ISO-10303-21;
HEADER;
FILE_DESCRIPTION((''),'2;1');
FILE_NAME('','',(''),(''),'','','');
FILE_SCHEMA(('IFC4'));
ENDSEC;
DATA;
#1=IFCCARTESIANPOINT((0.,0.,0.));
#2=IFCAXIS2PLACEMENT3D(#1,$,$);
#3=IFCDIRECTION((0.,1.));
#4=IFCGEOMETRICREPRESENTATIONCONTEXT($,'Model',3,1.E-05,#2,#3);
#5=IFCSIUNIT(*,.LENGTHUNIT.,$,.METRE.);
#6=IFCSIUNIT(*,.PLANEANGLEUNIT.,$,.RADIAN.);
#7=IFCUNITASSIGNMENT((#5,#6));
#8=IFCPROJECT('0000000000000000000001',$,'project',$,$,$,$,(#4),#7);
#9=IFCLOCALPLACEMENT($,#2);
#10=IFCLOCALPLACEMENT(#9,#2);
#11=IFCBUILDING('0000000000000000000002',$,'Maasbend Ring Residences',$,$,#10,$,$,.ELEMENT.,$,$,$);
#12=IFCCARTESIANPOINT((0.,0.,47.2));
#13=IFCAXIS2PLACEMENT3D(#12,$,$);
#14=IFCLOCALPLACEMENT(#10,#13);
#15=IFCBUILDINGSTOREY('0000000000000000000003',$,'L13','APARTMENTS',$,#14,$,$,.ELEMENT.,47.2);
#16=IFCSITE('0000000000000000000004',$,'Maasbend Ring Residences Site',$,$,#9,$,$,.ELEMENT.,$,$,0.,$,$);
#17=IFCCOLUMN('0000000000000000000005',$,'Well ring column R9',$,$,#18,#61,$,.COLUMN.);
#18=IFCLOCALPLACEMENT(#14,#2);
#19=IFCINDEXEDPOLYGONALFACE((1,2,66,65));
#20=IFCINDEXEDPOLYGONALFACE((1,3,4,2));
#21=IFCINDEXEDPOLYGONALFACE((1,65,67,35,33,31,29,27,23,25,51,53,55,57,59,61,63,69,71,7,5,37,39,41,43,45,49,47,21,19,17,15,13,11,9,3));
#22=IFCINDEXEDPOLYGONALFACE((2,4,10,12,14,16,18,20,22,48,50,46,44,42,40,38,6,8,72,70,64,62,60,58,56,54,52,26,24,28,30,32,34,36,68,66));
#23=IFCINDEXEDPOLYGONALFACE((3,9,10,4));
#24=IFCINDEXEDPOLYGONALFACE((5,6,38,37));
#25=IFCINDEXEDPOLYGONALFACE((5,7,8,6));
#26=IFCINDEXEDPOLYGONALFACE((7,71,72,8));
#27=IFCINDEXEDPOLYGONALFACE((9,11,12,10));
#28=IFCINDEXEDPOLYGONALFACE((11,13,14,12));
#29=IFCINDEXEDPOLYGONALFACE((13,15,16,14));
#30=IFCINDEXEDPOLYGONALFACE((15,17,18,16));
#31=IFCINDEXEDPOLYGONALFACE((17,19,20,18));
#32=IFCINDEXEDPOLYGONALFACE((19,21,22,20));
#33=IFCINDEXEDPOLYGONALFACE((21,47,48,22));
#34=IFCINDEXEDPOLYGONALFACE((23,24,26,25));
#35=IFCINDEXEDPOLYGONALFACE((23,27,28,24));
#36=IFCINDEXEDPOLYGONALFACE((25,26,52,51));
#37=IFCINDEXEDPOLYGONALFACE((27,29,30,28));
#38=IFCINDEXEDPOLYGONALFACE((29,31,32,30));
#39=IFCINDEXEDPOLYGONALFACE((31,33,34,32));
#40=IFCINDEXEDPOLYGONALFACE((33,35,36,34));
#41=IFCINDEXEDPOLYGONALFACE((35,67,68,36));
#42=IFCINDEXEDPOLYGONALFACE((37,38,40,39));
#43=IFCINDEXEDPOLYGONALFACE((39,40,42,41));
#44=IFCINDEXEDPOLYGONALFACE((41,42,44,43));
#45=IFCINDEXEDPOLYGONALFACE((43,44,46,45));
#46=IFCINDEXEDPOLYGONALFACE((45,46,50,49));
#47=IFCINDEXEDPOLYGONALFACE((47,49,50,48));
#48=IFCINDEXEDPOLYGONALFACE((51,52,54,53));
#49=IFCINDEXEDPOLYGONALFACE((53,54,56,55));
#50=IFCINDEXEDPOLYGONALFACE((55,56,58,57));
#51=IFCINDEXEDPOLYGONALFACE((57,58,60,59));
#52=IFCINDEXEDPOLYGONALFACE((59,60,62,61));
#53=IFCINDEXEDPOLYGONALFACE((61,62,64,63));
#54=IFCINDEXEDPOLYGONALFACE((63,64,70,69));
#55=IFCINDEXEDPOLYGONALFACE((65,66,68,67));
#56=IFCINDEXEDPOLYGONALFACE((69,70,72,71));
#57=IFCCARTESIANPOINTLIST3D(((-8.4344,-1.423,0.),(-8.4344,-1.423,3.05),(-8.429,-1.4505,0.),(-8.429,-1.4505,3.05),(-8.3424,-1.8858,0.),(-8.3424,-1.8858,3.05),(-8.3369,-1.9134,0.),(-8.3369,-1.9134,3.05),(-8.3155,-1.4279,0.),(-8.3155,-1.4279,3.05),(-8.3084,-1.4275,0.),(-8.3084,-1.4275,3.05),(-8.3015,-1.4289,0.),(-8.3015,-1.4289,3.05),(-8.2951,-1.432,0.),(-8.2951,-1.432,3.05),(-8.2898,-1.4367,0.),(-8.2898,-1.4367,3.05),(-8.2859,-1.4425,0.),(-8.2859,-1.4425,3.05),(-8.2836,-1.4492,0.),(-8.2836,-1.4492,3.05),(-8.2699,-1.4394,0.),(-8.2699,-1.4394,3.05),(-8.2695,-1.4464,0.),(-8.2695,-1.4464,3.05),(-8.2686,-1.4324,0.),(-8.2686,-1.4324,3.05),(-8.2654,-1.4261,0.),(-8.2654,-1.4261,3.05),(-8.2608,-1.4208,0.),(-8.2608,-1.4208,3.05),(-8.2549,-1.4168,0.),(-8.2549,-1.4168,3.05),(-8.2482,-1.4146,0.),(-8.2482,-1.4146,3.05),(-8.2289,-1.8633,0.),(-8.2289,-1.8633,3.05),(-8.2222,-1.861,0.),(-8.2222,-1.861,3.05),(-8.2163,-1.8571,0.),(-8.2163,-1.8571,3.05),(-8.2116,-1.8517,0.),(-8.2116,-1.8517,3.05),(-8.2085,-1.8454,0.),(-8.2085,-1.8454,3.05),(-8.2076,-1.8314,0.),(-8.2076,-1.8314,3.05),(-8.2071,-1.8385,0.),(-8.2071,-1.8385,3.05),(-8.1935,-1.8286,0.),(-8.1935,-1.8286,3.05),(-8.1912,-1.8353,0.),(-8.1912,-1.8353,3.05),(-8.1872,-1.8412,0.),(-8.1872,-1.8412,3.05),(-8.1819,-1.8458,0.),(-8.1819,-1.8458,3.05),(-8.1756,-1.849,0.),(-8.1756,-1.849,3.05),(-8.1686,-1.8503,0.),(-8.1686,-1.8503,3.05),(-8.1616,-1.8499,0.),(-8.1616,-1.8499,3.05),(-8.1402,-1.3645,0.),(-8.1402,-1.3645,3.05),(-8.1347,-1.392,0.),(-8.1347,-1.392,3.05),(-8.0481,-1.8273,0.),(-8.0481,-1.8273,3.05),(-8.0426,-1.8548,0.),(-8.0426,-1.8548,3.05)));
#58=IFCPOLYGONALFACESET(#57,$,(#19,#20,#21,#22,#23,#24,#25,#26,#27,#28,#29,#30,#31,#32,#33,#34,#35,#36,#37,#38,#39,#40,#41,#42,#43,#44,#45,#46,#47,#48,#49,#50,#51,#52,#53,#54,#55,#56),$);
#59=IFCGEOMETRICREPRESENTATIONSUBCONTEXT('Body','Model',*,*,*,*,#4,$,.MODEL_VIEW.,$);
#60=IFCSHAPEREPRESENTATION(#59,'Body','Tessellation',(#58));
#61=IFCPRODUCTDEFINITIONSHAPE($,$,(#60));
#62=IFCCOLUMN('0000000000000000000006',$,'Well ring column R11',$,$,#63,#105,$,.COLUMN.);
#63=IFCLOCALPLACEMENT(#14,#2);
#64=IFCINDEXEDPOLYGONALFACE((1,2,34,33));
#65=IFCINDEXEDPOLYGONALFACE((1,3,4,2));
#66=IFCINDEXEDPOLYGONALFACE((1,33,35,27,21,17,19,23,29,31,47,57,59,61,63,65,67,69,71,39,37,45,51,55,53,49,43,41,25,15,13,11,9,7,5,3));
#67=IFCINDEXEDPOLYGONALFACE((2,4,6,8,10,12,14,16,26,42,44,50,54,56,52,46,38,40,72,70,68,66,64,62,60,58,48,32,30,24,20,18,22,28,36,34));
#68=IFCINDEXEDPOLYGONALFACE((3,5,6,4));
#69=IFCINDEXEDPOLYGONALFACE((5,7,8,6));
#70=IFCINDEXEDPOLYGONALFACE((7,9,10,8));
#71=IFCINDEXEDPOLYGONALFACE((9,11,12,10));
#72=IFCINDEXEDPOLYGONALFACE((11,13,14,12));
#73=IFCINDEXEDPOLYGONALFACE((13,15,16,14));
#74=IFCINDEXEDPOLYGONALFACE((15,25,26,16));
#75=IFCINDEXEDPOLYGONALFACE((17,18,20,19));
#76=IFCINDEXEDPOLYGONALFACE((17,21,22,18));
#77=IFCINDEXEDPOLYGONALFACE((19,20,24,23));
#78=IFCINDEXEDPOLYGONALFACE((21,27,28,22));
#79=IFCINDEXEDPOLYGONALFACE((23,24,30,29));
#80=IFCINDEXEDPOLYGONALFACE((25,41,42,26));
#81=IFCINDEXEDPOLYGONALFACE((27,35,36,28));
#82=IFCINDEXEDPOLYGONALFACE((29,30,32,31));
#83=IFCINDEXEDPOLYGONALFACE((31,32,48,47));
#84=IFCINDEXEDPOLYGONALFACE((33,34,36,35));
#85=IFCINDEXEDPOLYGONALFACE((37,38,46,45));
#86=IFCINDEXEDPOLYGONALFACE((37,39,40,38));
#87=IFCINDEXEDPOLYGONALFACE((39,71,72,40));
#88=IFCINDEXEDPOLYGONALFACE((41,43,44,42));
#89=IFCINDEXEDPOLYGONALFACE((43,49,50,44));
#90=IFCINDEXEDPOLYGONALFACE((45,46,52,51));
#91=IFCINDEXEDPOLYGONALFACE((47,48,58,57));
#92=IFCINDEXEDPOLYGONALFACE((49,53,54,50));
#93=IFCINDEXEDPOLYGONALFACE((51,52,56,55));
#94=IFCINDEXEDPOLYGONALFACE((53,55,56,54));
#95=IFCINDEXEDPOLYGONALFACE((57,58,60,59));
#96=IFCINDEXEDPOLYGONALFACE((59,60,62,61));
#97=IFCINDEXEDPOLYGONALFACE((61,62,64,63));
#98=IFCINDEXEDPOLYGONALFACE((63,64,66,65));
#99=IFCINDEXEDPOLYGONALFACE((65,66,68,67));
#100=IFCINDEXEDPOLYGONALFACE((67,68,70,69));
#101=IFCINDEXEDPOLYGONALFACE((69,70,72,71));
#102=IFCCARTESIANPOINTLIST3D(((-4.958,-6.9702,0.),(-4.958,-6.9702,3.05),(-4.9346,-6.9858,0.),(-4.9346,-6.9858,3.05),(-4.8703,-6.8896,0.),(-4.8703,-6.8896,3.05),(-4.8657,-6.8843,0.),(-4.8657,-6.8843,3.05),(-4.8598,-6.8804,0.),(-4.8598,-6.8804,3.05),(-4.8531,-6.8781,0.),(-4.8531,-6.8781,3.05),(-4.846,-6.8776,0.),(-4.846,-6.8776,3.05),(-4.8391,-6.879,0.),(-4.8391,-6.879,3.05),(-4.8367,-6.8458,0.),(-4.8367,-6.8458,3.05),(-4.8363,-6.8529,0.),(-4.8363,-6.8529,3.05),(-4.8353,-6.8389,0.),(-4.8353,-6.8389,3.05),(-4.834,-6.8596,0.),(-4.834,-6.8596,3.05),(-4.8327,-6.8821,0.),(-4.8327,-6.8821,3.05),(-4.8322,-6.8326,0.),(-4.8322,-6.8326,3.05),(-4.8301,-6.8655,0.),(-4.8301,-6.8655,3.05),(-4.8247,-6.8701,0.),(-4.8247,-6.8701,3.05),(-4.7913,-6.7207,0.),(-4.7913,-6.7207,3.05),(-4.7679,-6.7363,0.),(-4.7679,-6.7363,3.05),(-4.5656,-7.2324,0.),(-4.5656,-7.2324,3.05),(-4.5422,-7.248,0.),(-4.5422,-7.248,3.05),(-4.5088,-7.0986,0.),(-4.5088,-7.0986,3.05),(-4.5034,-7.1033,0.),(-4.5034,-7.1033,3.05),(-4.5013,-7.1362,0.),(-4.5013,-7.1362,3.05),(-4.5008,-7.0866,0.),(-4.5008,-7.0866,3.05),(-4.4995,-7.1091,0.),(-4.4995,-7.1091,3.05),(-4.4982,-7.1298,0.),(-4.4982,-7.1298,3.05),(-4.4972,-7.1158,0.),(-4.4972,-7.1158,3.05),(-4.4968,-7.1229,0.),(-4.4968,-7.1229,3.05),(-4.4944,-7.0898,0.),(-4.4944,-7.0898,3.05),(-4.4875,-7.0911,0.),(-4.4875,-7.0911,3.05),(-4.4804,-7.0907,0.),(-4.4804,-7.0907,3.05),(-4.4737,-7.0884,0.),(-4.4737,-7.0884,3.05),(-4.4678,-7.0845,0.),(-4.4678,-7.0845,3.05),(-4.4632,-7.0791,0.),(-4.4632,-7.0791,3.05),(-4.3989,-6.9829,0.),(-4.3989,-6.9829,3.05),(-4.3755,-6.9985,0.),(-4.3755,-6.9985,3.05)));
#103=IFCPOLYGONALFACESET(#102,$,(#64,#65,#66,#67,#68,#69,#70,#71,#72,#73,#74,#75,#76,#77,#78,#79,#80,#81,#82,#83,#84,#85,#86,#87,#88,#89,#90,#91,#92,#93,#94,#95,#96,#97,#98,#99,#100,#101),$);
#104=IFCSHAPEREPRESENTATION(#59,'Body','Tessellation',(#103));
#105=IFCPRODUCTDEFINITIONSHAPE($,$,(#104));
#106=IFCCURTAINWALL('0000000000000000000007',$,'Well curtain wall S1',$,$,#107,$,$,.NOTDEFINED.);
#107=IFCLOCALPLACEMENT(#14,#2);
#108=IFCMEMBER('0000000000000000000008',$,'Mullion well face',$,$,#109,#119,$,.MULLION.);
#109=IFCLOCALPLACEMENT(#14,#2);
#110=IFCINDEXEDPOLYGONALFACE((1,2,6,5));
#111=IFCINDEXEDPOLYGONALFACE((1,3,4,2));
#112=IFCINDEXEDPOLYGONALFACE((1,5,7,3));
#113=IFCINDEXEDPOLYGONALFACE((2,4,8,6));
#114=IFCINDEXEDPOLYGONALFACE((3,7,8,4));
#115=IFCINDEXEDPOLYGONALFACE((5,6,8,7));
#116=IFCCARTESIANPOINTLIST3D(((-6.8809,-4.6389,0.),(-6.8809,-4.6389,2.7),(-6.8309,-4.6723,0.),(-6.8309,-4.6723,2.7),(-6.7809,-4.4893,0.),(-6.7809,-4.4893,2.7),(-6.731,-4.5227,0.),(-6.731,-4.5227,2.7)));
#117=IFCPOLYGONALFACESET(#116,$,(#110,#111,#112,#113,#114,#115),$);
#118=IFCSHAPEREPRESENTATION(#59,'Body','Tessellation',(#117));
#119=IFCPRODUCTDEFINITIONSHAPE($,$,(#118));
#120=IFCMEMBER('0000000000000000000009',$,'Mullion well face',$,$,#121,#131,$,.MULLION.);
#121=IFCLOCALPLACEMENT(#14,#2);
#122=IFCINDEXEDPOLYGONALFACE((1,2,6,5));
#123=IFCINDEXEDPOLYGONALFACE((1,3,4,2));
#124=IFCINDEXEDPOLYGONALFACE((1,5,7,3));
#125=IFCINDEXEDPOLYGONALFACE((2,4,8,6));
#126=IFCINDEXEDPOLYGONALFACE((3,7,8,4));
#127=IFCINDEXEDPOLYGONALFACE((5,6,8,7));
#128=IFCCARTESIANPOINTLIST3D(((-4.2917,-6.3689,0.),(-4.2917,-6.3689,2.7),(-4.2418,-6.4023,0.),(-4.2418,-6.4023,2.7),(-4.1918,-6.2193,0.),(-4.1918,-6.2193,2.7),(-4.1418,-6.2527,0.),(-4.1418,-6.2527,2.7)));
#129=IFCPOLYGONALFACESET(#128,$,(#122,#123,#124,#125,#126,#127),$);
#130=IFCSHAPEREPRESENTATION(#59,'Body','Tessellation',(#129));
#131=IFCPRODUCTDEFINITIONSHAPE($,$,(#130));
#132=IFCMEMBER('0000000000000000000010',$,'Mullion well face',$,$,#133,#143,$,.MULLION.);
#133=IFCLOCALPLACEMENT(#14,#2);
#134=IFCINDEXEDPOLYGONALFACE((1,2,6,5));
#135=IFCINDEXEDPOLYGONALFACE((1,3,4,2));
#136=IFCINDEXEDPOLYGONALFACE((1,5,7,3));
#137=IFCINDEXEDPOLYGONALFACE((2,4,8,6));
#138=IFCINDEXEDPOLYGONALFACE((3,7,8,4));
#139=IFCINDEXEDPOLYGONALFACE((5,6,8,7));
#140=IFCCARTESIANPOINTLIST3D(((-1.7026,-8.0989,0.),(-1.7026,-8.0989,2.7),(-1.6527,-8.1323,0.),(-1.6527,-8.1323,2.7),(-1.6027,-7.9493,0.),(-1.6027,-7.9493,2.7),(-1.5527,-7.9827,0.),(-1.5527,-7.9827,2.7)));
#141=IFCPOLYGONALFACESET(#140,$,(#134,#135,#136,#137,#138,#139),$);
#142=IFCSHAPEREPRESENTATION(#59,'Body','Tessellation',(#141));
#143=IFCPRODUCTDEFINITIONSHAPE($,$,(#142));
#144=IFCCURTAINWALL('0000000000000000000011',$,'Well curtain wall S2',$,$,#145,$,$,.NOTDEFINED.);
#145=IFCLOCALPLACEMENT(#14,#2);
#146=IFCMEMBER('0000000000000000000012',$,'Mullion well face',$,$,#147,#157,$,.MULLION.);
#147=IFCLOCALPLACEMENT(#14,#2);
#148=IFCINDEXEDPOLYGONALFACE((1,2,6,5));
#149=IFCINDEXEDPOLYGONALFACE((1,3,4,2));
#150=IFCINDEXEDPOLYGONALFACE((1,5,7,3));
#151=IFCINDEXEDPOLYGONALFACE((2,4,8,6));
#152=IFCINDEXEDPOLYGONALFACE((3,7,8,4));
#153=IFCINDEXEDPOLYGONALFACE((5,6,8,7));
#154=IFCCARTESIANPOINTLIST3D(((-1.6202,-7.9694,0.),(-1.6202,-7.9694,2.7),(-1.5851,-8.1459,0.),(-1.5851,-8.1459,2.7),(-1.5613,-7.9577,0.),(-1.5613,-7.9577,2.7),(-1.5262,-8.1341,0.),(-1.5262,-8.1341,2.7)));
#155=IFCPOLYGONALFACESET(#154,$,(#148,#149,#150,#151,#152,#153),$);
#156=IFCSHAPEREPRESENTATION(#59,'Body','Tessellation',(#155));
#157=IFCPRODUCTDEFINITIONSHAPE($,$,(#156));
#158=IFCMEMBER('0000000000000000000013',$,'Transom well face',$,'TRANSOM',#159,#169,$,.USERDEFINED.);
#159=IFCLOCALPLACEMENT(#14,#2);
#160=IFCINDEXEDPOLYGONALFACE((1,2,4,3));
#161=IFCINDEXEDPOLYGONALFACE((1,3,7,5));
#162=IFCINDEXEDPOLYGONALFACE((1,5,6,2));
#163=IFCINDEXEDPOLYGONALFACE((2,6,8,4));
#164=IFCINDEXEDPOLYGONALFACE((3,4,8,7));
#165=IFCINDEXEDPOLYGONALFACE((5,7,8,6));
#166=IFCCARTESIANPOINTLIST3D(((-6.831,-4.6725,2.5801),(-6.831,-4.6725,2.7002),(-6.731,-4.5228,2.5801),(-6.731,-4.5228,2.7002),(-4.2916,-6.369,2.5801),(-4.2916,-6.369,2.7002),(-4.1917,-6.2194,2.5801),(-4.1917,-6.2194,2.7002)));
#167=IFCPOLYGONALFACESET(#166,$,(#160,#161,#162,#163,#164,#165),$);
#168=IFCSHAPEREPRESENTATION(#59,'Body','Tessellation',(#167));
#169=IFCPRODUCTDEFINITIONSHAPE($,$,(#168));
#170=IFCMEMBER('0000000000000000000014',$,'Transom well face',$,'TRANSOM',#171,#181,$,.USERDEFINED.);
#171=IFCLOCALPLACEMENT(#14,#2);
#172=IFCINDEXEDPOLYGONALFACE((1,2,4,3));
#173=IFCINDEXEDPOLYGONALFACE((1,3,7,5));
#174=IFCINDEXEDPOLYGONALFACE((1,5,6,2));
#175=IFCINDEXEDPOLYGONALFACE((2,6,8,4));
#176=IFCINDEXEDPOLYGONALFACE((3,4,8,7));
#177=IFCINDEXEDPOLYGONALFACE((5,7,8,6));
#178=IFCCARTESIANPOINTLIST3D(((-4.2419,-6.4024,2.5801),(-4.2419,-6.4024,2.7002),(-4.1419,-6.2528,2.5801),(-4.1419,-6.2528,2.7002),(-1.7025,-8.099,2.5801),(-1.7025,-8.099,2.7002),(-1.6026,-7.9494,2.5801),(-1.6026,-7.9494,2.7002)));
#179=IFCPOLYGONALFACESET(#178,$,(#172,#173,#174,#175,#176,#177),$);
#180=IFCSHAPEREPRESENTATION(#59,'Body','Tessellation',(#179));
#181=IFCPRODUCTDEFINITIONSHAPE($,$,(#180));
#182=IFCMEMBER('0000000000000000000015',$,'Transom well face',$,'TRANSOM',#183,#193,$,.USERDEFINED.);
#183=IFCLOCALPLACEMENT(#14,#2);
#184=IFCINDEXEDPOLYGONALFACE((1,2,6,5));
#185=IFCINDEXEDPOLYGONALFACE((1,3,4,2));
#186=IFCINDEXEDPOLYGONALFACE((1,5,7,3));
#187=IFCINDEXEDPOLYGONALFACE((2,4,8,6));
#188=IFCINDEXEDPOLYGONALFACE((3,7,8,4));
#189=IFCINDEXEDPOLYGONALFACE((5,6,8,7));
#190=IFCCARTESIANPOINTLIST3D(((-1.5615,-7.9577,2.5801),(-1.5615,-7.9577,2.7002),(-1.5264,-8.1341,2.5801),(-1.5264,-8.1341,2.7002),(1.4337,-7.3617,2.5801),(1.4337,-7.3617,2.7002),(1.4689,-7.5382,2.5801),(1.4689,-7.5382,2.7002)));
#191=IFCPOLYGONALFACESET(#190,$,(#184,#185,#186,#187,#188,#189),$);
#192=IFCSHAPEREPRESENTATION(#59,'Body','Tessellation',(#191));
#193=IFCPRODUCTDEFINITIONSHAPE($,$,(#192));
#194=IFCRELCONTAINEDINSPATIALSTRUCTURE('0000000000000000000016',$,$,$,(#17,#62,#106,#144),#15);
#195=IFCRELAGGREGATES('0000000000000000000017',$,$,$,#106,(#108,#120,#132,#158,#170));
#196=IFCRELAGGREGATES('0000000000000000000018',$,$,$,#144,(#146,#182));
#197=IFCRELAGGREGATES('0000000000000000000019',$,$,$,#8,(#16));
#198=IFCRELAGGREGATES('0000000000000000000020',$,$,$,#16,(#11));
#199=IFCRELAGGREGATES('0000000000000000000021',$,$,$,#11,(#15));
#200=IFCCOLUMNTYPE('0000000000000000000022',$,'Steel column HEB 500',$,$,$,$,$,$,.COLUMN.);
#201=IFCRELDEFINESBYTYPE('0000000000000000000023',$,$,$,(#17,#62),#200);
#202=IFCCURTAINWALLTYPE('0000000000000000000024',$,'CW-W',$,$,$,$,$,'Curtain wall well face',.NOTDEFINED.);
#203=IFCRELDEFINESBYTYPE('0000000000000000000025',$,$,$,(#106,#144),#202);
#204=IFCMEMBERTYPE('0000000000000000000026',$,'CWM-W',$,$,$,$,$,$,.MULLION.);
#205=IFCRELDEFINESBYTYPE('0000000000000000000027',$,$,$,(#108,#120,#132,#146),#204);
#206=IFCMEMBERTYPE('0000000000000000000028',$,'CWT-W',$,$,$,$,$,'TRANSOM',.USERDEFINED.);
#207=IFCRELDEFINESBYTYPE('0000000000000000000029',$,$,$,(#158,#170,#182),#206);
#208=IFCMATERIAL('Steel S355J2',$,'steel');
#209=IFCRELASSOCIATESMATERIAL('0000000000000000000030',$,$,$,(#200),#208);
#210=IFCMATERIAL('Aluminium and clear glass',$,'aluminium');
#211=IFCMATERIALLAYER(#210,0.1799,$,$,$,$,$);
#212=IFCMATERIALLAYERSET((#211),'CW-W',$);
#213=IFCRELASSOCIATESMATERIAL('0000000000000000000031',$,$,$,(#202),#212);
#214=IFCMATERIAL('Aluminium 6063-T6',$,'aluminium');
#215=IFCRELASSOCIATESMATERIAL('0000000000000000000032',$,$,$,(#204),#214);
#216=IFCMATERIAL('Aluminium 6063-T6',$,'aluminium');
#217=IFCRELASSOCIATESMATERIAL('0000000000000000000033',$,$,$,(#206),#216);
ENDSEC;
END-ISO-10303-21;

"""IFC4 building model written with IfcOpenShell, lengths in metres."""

from ifc_helpers import new_model, si_unit, direction, frame, origin, origin_2d, place, context, subcontext, project, spatial, rectangle, i_section, extrude, material, layer, layer_set, material_profile, profile_set, type_object, element, aggregate, save


model = new_model("IFC4")

# Units and contexts
model_context = context("Model", 3, precision=1e-05, world=origin(), true_north=direction((0.0, 1.0)))
body_context = subcontext(model_context, "Body", "Model", "MODEL_VIEW")
ifc_project = project(units=[si_unit("LENGTHUNIT", "METRE"), si_unit("PLANEANGLEUNIT", "RADIAN")], contexts=[model_context])

# Site, building, storey
site_placement = place(None, origin())
site = spatial("IfcSite", under=ifc_project, at=site_placement, Name="Maasbend Ring Residences Site", CompositionType="ELEMENT", RefElevation=0.0)
building_placement = place(site_placement, origin())
building = spatial("IfcBuilding", under=site, at=building_placement, Name="Maasbend Ring Residences", CompositionType="ELEMENT")
storey_placement = place(building_placement, frame((0.0, 0.0, 47.2)))
storey = spatial("IfcBuildingStorey", under=building, at=storey_placement, Name="L13", Description="APARTMENTS", CompositionType="ELEMENT", Elevation=47.2)

# Columns
ifc_material_1 = material(Name="Steel S355J2", Category="steel")
ifc_material_profile_1 = material_profile(ifc_material_1, i_section(OverallWidth=0.3, OverallDepth=0.5, WebThickness=0.0144, FlangeThickness=0.0281, FilletRadius=0.0271, at=origin_2d()), Name="HEB 500")
ifc_profile_set_1 = profile_set([ifc_material_profile_1], Name="Steel S355J2")
column_type = type_object("IfcColumnType", Name="Steel column HEB 500", PredefinedType="COLUMN", material=ifc_profile_set_1)
for number, where, z_axis, x_axis, name in (
    (1, (-8.2385, -1.6389, 0.0), (0.0, 0.0, 1.0), (-0.980785, -0.19509, 0.0), "Well ring column R9"),
    (2, (-4.6667, -6.9844, 0.0), (0.0, 0.0, 1.0), (-0.55557, -0.83147, 0.0), "Well ring column R11"),
):
    element("IfcColumn", number, at=place(storey_placement, frame(where, z_axis=z_axis, x_axis=x_axis)), inside=storey, type_object=column_type, Name=name, PredefinedType="COLUMN", context=body_context, shape_type="SweptSolid", body=[
        extrude(i_section(OverallWidth=0.3, OverallDepth=0.5, WebThickness=0.0144, FlangeThickness=0.0281, FilletRadius=0.0271, at=origin_2d()), origin(), (0.0, 0.0, 1.0), 3.05),
    ])

# Curtain wall, members
ifc_material_2 = material(Name="Aluminium and clear glass", Category="aluminium")
ifc_layer_1 = layer(ifc_material_2, 0.1799)
ifc_layer_set_1 = layer_set([ifc_layer_1], Name="CW-W")
curtain_wall_type = type_object("IfcCurtainWallType", Name="CW-W", ElementType="Curtain wall well face", PredefinedType="NOTDEFINED", material=ifc_layer_set_1)
curtain_wall_1_placement = place(storey_placement, origin())
curtain_wall_1 = element("IfcCurtainWall", 3, at=curtain_wall_1_placement, inside=storey, type_object=curtain_wall_type, Name="Well curtain wall S1", PredefinedType="NOTDEFINED")
ifc_material_3 = material(Name="Aluminium 6063-T6", Category="aluminium")
ifc_material_profile_2 = material_profile(ifc_material_3, rectangle(XDim=0.1799, YDim=0.0601, at=origin_2d()), Name="AL 180x60")
ifc_profile_set_2 = profile_set([ifc_material_profile_2], Name="Aluminium 6063-T6")
member_type_1 = type_object("IfcMemberType", Name="CWM-W", PredefinedType="MULLION", material=ifc_profile_set_2)
member_1_placement = place(storey_placement, frame((-6.8059, -4.5808, 0.0), z_axis=(0.0, 0.0, 1.0), x_axis=(0.55557, 0.83147, 0.0)))
member_1 = element("IfcMember", 4, at=member_1_placement, type_object=member_type_1, Name="Mullion well face", PredefinedType="MULLION", context=body_context, shape_type="SweptSolid", body=[
    extrude(rectangle(XDim=0.1799, YDim=0.0601, at=origin_2d()), origin(), (0.0, 0.0, 1.0), 2.7),
])
member_2_placement = place(storey_placement, frame((-4.2168, -6.3108, 0.0), z_axis=(0.0, 0.0, 1.0), x_axis=(0.55557, 0.83147, 0.0)))
member_2 = element("IfcMember", 5, at=member_2_placement, type_object=member_type_1, Name="Mullion well face", PredefinedType="MULLION", context=body_context, shape_type="SweptSolid", body=[
    extrude(rectangle(XDim=0.1799, YDim=0.0601, at=origin_2d()), origin(), (0.0, 0.0, 1.0), 2.7),
])
member_3_placement = place(storey_placement, frame((-1.6277, -8.0408, 0.0), z_axis=(0.0, 0.0, 1.0), x_axis=(0.55557, 0.83147, 0.0)))
member_3 = element("IfcMember", 6, at=member_3_placement, type_object=member_type_1, Name="Mullion well face", PredefinedType="MULLION", context=body_context, shape_type="SweptSolid", body=[
    extrude(rectangle(XDim=0.1799, YDim=0.0601, at=origin_2d()), origin(), (0.0, 0.0, 1.0), 2.7),
])

# Curtain wall, member
curtain_wall_2_placement = place(storey_placement, origin())
curtain_wall_2 = element("IfcCurtainWall", 7, at=curtain_wall_2_placement, inside=storey, type_object=curtain_wall_type, Name="Well curtain wall S2", PredefinedType="NOTDEFINED")
member_4_placement = place(storey_placement, frame((-1.5732, -8.0518, 0.0), z_axis=(0.0, 0.0, 1.0), x_axis=(-0.19509, 0.980785, 0.0)))
member_4 = element("IfcMember", 8, at=member_4_placement, type_object=member_type_1, Name="Mullion well face", PredefinedType="MULLION", context=body_context, shape_type="SweptSolid", body=[
    extrude(rectangle(XDim=0.1799, YDim=0.0601, at=origin_2d()), origin(), (0.0, 0.0, 1.0), 2.7),
])

# Members
ifc_material_4 = material(Name="Aluminium 6063-T6", Category="aluminium")
ifc_material_profile_3 = material_profile(ifc_material_4, rectangle(XDim=0.1799, YDim=0.1201, at=origin_2d()), Name="AL 180x120")
ifc_profile_set_3 = profile_set([ifc_material_profile_3], Name="Aluminium 6063-T6")
member_type_2 = type_object("IfcMemberType", Name="CWT-W", ElementType="TRANSOM", PredefinedType="USERDEFINED", material=ifc_profile_set_3)
member_5_placement = place(storey_placement, frame((-6.781, -4.5977, 2.6401), z_axis=(0.831496, -0.55553, 0.0), x_axis=(0.55553, 0.831496, 0.0)))
member_5 = element("IfcMember", 9, at=member_5_placement, type_object=member_type_2, Name="Transom well face", ObjectType="TRANSOM", PredefinedType="USERDEFINED", context=body_context, shape_type="SweptSolid", body=[
    extrude(rectangle(XDim=0.1799, YDim=0.1201, at=origin_2d()), origin(), (0.0, 0.0, 1.0), 3.054),
])
member_6_placement = place(storey_placement, frame((-4.1919, -6.3276, 2.6401), z_axis=(0.831496, -0.55553, 0.0), x_axis=(0.55553, 0.831496, 0.0)))
member_6 = element("IfcMember", 10, at=member_6_placement, type_object=member_type_2, Name="Transom well face", ObjectType="TRANSOM", PredefinedType="USERDEFINED", context=body_context, shape_type="SweptSolid", body=[
    extrude(rectangle(XDim=0.1799, YDim=0.1201, at=origin_2d()), origin(), (0.0, 0.0, 1.0), 3.054),
])
member_7_placement = place(storey_placement, frame((-1.5439, -8.0459, 2.6401), z_axis=(0.980777, 0.195132, 0.0), x_axis=(-0.195132, 0.980777, 0.0)))
member_7 = element("IfcMember", 11, at=member_7_placement, type_object=member_type_2, Name="Transom well face", ObjectType="TRANSOM", PredefinedType="USERDEFINED", context=body_context, shape_type="SweptSolid", body=[
    extrude(rectangle(XDim=0.1799, YDim=0.1201, at=origin_2d()), origin(), (0.0, 0.0, 1.0), 3.054),
])

aggregate(curtain_wall_1, [member_1, member_2, member_3, member_5, member_6])
aggregate(curtain_wall_2, [member_4, member_7])

save(model, "model.ifc")
